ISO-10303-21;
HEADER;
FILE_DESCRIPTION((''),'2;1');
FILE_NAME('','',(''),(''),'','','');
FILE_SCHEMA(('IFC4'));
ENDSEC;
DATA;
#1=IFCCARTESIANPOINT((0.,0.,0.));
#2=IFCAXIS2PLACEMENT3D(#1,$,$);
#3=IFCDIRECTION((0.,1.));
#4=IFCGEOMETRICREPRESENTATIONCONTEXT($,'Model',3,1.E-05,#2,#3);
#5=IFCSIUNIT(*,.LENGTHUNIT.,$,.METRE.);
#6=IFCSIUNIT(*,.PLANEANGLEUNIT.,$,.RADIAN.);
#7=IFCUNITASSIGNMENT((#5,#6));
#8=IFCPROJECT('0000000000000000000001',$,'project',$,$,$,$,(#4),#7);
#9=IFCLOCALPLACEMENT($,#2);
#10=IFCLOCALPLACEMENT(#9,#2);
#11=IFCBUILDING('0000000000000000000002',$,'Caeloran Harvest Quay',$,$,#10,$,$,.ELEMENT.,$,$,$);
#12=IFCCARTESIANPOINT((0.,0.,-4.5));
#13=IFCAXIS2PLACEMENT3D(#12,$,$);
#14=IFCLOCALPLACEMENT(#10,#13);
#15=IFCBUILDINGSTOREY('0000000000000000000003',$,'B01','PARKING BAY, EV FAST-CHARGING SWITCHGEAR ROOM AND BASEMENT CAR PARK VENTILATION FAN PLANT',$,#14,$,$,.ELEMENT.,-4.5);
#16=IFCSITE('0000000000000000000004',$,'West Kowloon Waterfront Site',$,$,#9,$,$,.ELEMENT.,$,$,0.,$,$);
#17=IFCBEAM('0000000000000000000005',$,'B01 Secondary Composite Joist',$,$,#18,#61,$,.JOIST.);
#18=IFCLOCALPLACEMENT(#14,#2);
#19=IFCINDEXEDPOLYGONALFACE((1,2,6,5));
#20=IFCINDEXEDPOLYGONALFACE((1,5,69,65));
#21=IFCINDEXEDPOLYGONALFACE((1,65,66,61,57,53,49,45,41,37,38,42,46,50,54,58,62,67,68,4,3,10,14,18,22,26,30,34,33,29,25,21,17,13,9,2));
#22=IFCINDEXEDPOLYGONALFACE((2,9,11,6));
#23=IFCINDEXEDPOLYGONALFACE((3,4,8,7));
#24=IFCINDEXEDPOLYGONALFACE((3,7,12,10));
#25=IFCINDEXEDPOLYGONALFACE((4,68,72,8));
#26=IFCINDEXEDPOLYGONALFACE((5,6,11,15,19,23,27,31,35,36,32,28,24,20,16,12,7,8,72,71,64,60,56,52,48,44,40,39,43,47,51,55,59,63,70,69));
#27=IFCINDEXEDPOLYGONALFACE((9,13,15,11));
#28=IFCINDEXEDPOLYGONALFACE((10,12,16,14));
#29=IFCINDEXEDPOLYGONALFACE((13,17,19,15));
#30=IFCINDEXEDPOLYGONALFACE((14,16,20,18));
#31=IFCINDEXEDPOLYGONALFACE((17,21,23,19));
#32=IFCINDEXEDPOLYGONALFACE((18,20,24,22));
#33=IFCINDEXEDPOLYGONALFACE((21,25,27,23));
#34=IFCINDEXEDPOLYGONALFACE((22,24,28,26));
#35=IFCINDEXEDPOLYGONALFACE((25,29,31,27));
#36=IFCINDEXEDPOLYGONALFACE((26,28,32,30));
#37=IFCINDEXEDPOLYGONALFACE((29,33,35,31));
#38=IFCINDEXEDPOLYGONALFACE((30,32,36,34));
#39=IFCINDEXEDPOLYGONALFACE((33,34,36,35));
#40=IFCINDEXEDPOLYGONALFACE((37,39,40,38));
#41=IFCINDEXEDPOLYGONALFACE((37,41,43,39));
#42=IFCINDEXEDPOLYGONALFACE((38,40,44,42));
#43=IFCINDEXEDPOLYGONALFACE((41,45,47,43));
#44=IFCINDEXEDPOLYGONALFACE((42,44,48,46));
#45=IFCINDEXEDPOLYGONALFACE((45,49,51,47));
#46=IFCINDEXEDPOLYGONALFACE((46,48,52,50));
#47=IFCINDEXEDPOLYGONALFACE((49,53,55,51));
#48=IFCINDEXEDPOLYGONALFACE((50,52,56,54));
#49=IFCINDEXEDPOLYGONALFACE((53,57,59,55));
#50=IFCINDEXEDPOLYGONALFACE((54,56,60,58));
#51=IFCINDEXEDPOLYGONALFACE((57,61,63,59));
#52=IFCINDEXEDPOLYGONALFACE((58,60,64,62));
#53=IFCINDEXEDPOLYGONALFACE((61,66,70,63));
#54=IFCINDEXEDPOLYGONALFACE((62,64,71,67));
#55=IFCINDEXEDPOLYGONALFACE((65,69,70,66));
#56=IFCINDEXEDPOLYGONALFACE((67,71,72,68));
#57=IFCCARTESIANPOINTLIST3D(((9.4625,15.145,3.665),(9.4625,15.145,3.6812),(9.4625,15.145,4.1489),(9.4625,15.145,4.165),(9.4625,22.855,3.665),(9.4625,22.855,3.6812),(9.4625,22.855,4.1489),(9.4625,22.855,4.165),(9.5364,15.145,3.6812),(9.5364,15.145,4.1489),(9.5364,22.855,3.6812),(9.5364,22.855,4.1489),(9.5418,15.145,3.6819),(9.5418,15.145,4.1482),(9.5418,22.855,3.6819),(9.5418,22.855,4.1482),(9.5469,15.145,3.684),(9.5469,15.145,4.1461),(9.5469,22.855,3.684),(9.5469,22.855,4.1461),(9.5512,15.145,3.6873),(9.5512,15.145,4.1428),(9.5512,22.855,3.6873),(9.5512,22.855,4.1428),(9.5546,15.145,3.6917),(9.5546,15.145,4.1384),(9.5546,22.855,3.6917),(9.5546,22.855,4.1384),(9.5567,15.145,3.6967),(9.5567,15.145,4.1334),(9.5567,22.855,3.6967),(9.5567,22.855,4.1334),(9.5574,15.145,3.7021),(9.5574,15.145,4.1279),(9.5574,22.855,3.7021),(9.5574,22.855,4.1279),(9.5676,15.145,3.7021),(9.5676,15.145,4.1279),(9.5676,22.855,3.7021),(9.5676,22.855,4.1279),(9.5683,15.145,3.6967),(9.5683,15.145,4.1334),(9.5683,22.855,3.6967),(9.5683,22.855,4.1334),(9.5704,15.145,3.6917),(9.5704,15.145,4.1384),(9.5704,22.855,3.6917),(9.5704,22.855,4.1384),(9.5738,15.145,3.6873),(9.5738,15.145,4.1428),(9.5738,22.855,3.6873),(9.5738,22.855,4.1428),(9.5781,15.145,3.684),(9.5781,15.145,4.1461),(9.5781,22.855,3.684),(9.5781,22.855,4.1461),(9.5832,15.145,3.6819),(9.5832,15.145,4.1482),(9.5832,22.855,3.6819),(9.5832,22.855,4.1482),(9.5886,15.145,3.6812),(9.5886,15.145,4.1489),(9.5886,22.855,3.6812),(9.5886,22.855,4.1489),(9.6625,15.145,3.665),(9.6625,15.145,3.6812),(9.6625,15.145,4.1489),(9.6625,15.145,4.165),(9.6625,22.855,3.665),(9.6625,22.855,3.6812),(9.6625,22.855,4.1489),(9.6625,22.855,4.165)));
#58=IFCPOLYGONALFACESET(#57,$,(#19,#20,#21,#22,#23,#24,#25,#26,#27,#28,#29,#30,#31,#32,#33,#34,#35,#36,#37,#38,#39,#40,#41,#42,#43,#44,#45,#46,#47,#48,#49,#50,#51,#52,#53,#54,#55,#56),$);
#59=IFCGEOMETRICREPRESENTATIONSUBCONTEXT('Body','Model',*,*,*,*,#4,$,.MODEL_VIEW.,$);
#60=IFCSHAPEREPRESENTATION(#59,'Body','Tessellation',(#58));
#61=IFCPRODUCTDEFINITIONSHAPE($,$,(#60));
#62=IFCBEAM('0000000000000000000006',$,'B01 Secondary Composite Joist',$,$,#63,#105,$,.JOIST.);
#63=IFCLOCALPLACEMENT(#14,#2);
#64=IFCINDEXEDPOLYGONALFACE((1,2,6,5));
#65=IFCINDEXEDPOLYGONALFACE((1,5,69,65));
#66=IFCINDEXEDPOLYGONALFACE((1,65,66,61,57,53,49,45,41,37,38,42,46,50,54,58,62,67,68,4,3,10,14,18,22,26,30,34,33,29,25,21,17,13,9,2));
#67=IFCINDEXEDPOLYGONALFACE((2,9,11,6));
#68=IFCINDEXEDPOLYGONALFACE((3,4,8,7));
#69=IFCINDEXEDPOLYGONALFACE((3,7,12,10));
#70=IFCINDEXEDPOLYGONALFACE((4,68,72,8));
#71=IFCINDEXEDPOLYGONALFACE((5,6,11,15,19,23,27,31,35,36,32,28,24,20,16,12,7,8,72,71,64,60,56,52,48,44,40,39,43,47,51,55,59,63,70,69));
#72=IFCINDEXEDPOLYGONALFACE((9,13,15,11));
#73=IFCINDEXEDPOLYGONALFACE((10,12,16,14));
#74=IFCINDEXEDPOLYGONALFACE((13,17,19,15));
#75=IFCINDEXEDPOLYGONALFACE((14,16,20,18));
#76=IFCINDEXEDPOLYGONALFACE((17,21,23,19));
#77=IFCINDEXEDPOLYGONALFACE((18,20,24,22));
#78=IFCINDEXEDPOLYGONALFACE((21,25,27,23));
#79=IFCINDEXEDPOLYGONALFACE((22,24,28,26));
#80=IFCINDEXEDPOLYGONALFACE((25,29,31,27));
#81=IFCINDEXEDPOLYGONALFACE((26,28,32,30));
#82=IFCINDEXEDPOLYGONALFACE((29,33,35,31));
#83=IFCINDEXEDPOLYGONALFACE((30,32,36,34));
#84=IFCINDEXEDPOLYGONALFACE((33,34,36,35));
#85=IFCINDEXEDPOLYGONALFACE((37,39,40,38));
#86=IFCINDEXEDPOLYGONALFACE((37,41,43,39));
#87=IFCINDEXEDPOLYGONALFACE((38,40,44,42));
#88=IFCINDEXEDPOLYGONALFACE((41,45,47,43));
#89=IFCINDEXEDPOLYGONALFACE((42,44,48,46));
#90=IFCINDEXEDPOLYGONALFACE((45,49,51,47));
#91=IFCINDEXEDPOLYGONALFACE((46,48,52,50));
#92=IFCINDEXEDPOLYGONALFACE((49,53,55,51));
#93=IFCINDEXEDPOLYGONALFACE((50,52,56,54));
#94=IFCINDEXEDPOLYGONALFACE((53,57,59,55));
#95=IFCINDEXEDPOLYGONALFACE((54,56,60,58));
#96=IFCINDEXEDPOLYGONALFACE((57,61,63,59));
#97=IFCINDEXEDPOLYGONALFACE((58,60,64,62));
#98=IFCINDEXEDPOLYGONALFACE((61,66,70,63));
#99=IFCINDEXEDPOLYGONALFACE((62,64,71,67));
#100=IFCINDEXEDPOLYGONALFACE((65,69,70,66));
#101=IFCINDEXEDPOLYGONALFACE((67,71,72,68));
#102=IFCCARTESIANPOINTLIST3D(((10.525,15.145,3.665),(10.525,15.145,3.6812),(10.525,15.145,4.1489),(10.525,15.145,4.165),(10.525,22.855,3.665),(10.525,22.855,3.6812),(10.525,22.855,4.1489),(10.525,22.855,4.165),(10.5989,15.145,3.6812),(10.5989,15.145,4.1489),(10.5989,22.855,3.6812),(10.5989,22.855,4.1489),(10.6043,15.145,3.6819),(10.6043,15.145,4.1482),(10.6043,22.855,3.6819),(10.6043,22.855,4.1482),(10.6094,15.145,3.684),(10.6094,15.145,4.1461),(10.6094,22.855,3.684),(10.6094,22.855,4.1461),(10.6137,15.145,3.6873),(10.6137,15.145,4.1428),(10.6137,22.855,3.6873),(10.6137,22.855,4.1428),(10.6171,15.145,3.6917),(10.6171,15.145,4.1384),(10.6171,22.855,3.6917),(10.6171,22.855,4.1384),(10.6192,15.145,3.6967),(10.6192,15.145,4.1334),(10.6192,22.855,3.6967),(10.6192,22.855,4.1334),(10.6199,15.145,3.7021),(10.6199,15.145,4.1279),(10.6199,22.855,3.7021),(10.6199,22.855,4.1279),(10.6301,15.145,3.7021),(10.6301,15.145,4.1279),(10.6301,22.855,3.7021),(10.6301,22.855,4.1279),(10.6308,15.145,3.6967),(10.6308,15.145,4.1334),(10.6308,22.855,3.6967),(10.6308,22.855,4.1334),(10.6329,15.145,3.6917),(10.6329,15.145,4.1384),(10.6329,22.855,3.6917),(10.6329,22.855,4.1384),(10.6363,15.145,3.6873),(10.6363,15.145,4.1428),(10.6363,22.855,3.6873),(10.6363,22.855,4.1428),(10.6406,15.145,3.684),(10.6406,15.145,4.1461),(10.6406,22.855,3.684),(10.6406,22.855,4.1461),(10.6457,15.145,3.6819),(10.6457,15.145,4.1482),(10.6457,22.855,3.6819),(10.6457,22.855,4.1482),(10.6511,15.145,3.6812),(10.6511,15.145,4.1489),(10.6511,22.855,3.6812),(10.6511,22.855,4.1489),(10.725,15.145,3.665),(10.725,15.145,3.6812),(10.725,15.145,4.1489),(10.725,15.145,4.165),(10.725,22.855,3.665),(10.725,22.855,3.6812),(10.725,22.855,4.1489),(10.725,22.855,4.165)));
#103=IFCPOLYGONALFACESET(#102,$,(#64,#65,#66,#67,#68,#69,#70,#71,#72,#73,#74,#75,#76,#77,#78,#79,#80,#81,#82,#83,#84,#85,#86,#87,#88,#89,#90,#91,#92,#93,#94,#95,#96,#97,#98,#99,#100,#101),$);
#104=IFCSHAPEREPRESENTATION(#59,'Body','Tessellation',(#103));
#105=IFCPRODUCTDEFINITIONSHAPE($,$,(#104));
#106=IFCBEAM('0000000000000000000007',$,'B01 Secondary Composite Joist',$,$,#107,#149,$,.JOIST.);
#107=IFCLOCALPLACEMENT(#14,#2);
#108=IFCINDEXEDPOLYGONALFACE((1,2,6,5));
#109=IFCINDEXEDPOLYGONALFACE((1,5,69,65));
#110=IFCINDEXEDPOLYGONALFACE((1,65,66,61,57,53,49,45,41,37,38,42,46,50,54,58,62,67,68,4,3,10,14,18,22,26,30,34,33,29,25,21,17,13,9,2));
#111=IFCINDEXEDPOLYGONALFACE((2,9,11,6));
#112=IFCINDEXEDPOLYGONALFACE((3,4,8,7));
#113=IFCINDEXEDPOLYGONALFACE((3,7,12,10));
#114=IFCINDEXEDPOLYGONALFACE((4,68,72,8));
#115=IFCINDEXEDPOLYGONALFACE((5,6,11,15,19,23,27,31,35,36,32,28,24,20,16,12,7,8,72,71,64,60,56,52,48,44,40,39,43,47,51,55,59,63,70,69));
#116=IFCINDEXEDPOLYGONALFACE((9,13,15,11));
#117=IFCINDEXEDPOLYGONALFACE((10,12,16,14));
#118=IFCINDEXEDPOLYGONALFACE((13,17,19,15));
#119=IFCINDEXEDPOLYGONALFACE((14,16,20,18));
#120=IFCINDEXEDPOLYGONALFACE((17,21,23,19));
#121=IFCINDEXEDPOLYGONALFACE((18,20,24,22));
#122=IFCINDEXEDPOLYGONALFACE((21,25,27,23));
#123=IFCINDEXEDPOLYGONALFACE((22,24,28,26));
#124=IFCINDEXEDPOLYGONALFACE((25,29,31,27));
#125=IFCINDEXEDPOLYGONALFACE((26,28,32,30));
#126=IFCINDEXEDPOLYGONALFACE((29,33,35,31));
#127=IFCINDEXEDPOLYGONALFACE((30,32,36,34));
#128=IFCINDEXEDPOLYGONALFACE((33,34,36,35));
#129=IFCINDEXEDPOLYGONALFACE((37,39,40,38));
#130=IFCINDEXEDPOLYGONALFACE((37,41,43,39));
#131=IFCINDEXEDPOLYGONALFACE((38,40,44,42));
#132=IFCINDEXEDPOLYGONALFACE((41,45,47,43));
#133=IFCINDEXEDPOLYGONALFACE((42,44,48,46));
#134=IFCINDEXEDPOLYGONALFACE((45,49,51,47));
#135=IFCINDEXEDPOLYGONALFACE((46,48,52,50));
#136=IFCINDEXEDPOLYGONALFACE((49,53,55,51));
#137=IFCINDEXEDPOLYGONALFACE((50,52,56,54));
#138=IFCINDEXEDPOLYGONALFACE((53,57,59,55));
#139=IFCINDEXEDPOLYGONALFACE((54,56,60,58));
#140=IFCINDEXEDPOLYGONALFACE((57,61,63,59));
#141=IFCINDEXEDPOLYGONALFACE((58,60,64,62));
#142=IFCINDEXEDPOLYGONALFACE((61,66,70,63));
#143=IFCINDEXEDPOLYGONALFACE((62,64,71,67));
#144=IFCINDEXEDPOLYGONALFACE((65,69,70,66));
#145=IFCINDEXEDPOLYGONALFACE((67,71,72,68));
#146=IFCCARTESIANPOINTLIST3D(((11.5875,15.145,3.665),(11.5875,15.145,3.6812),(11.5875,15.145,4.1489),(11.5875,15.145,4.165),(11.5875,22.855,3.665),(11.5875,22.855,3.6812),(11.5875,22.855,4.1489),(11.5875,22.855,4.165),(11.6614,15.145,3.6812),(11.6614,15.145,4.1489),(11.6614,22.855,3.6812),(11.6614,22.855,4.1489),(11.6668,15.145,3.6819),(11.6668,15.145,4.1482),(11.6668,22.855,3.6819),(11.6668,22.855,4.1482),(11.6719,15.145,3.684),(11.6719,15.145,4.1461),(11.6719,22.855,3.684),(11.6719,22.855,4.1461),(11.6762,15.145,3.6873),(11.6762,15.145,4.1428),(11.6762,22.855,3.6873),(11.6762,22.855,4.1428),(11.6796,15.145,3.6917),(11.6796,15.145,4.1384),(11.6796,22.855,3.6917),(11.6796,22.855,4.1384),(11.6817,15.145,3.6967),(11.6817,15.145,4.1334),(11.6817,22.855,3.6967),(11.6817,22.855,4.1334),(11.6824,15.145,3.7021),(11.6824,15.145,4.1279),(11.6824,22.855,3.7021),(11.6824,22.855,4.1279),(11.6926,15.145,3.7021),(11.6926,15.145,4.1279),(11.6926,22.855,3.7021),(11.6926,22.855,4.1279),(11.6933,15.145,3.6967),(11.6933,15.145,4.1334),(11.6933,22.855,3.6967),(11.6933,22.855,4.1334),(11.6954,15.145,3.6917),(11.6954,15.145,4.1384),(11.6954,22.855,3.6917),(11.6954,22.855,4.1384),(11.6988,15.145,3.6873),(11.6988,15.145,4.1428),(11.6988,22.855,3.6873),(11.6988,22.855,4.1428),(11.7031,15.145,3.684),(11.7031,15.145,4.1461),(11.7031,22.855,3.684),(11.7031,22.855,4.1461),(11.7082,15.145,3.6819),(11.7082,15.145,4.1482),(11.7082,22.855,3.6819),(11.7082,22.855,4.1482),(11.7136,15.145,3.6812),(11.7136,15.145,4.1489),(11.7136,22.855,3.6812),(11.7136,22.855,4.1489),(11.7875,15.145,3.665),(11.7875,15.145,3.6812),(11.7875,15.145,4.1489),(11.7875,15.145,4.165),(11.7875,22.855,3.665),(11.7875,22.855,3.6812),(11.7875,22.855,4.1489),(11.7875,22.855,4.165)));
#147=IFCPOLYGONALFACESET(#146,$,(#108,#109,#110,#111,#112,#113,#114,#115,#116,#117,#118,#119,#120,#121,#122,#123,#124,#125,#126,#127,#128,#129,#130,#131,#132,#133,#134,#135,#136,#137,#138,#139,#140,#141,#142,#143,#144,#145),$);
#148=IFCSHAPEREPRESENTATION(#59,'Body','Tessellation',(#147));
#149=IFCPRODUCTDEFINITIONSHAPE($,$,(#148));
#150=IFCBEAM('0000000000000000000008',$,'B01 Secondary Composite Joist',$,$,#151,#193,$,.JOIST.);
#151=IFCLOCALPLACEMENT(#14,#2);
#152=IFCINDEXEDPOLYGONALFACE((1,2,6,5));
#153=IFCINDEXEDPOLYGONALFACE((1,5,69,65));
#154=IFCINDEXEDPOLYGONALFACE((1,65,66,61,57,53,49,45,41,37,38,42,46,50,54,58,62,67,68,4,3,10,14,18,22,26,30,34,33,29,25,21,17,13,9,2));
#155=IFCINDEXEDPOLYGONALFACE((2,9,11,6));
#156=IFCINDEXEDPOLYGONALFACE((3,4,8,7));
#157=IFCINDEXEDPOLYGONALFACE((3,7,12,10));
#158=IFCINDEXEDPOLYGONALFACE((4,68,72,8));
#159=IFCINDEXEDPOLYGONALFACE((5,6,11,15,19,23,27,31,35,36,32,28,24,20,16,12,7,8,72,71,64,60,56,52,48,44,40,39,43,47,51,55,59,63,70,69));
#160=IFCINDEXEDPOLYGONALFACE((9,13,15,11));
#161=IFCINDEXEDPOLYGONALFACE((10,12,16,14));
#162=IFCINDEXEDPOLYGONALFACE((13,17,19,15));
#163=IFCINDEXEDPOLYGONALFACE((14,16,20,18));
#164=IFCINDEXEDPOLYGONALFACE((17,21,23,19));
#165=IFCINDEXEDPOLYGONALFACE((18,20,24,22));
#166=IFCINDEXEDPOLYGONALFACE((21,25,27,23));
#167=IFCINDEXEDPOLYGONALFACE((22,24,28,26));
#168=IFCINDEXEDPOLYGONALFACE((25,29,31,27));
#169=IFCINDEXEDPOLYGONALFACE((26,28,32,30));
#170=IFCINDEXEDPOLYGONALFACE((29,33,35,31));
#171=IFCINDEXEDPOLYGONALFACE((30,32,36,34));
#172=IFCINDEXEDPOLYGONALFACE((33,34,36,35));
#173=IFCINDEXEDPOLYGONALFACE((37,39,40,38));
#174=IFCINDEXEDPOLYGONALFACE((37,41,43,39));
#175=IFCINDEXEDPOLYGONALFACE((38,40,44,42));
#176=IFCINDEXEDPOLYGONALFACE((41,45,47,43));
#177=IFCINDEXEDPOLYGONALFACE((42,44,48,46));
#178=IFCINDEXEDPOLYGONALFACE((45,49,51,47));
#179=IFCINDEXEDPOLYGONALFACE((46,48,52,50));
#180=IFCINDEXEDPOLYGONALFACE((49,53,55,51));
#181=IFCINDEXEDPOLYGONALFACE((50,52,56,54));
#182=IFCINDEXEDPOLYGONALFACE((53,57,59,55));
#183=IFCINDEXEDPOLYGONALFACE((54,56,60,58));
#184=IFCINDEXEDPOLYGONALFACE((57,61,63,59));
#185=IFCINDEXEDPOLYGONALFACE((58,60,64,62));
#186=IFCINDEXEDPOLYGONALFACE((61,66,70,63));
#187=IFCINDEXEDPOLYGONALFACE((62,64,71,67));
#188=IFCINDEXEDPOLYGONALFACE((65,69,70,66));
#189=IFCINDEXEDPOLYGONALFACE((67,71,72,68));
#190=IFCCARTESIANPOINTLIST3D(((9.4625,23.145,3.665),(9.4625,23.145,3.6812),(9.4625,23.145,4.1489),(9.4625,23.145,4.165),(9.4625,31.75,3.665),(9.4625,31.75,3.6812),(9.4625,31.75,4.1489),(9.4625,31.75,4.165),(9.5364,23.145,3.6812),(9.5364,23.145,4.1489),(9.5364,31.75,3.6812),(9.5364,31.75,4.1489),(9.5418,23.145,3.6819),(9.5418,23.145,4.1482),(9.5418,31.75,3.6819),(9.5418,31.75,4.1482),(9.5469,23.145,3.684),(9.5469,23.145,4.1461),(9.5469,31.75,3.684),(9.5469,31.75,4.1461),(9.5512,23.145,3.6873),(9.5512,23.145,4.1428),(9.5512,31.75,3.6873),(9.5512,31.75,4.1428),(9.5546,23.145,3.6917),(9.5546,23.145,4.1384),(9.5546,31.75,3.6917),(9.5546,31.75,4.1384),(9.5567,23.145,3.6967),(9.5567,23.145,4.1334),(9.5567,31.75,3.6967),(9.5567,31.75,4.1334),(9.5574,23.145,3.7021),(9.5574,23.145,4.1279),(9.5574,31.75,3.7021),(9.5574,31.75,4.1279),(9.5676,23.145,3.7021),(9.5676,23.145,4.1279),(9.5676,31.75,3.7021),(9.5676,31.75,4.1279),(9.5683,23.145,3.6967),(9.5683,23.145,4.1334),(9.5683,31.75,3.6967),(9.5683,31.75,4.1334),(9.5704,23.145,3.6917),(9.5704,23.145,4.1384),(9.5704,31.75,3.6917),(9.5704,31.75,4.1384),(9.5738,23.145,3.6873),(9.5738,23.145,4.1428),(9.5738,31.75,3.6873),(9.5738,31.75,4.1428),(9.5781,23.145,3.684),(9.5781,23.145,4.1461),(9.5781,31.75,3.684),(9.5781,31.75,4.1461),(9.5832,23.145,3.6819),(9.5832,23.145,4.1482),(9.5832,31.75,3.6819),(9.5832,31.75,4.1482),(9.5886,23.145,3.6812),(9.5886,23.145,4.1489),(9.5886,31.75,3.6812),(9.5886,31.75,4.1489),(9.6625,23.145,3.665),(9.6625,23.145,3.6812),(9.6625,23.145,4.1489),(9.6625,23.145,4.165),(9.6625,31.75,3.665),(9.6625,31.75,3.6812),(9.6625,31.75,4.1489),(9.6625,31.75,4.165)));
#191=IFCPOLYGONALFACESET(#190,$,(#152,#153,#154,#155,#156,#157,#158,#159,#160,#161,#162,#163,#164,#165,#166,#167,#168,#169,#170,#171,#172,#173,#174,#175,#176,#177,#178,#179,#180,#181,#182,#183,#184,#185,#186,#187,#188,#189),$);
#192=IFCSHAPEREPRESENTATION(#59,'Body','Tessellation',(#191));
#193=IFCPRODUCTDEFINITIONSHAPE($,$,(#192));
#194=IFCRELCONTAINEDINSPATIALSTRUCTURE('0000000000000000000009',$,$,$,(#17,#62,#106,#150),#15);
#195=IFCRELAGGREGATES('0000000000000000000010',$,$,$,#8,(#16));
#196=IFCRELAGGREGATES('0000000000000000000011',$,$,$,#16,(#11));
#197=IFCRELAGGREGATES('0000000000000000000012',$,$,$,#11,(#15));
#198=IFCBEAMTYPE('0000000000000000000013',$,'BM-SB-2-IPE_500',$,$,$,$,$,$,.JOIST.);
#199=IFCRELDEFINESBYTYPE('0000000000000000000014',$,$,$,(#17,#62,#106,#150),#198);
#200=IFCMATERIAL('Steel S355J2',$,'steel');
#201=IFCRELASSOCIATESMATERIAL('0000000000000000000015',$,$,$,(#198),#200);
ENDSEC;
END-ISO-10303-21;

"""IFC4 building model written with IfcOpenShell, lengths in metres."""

from ifc_helpers import new_model, si_unit, direction, frame, origin, origin_2d, place, context, subcontext, project, spatial, i_section, extrude, material, material_profile, profile_set, type_object, element, save


model = new_model("IFC4")

# Units and contexts
model_context = context("Model", 3, precision=1e-05, world=origin(), true_north=direction((0.0, 1.0)))
body_context = subcontext(model_context, "Body", "Model", "MODEL_VIEW")
ifc_project = project(units=[si_unit("LENGTHUNIT", "METRE"), si_unit("PLANEANGLEUNIT", "RADIAN")], contexts=[model_context])

# Site, building, storey
site_placement = place(None, origin())
site = spatial("IfcSite", under=ifc_project, at=site_placement, Name="West Kowloon Waterfront Site", CompositionType="ELEMENT", RefElevation=0.0)
building_placement = place(site_placement, origin())
building = spatial("IfcBuilding", under=site, at=building_placement, Name="Caeloran Harvest Quay", CompositionType="ELEMENT")
storey_placement = place(building_placement, frame((0.0, 0.0, -4.5)))
storey = spatial("IfcBuildingStorey", under=building, at=storey_placement, Name="B01", Description="PARKING BAY, EV FAST-CHARGING SWITCHGEAR ROOM AND BASEMENT CAR PARK VENTILATION FAN PLANT", CompositionType="ELEMENT", Elevation=-4.5)

# Beams
ifc_material_1 = material(Name="Steel S355J2", Category="steel")
ifc_material_profile_1 = material_profile(ifc_material_1, i_section(OverallWidth=0.2, OverallDepth=0.5, WebThickness=0.0103, FlangeThickness=0.0161, FilletRadius=0.021, at=origin_2d()), Name="IPE 500")
ifc_profile_set_1 = profile_set([ifc_material_profile_1], Name="Steel S355J2")
beam_type_1 = type_object("IfcBeamType", Name="BM-SB-2-IPE_500", PredefinedType="JOIST", material=ifc_profile_set_1)
for number, where, z_axis, x_axis, name in (
    (1, (9.5625, 15.145, 3.915), (0.0, 1.0, 0.0), (-1.0, 0.0, 0.0), "B01 Secondary Composite Joist"),
    (2, (10.625, 15.145, 3.915), (0.0, 1.0, 0.0), (-1.0, 0.0, 0.0), "B01 Secondary Composite Joist"),
    (3, (11.6875, 15.145, 3.915), (0.0, 1.0, 0.0), (-1.0, 0.0, 0.0), "B01 Secondary Composite Joist"),
):
    element("IfcBeam", number, at=place(storey_placement, frame(where, z_axis=z_axis, x_axis=x_axis)), inside=storey, type_object=beam_type_1, Name=name, PredefinedType="JOIST", context=body_context, shape_type="SweptSolid", body=[
        extrude(i_section(OverallWidth=0.2, OverallDepth=0.5, WebThickness=0.0103, FlangeThickness=0.0161, FilletRadius=0.021, at=origin_2d()), origin(), (0.0, 0.0, 1.0), 7.71),
    ])
for number, where, z_axis, x_axis, name in (
    (4, (9.5625, 23.145, 3.915), (0.0, 1.0, 0.0), (-1.0, 0.0, 0.0), "B01 Secondary Composite Joist"),
):
    element("IfcBeam", number, at=place(storey_placement, frame(where, z_axis=z_axis, x_axis=x_axis)), inside=storey, type_object=beam_type_1, Name=name, PredefinedType="JOIST", context=body_context, shape_type="SweptSolid", body=[
        extrude(i_section(OverallWidth=0.2, OverallDepth=0.5, WebThickness=0.0103, FlangeThickness=0.0161, FilletRadius=0.021, at=origin_2d()), origin(), (0.0, 0.0, 1.0), 8.605),
    ])

save(model, "model.ifc")
